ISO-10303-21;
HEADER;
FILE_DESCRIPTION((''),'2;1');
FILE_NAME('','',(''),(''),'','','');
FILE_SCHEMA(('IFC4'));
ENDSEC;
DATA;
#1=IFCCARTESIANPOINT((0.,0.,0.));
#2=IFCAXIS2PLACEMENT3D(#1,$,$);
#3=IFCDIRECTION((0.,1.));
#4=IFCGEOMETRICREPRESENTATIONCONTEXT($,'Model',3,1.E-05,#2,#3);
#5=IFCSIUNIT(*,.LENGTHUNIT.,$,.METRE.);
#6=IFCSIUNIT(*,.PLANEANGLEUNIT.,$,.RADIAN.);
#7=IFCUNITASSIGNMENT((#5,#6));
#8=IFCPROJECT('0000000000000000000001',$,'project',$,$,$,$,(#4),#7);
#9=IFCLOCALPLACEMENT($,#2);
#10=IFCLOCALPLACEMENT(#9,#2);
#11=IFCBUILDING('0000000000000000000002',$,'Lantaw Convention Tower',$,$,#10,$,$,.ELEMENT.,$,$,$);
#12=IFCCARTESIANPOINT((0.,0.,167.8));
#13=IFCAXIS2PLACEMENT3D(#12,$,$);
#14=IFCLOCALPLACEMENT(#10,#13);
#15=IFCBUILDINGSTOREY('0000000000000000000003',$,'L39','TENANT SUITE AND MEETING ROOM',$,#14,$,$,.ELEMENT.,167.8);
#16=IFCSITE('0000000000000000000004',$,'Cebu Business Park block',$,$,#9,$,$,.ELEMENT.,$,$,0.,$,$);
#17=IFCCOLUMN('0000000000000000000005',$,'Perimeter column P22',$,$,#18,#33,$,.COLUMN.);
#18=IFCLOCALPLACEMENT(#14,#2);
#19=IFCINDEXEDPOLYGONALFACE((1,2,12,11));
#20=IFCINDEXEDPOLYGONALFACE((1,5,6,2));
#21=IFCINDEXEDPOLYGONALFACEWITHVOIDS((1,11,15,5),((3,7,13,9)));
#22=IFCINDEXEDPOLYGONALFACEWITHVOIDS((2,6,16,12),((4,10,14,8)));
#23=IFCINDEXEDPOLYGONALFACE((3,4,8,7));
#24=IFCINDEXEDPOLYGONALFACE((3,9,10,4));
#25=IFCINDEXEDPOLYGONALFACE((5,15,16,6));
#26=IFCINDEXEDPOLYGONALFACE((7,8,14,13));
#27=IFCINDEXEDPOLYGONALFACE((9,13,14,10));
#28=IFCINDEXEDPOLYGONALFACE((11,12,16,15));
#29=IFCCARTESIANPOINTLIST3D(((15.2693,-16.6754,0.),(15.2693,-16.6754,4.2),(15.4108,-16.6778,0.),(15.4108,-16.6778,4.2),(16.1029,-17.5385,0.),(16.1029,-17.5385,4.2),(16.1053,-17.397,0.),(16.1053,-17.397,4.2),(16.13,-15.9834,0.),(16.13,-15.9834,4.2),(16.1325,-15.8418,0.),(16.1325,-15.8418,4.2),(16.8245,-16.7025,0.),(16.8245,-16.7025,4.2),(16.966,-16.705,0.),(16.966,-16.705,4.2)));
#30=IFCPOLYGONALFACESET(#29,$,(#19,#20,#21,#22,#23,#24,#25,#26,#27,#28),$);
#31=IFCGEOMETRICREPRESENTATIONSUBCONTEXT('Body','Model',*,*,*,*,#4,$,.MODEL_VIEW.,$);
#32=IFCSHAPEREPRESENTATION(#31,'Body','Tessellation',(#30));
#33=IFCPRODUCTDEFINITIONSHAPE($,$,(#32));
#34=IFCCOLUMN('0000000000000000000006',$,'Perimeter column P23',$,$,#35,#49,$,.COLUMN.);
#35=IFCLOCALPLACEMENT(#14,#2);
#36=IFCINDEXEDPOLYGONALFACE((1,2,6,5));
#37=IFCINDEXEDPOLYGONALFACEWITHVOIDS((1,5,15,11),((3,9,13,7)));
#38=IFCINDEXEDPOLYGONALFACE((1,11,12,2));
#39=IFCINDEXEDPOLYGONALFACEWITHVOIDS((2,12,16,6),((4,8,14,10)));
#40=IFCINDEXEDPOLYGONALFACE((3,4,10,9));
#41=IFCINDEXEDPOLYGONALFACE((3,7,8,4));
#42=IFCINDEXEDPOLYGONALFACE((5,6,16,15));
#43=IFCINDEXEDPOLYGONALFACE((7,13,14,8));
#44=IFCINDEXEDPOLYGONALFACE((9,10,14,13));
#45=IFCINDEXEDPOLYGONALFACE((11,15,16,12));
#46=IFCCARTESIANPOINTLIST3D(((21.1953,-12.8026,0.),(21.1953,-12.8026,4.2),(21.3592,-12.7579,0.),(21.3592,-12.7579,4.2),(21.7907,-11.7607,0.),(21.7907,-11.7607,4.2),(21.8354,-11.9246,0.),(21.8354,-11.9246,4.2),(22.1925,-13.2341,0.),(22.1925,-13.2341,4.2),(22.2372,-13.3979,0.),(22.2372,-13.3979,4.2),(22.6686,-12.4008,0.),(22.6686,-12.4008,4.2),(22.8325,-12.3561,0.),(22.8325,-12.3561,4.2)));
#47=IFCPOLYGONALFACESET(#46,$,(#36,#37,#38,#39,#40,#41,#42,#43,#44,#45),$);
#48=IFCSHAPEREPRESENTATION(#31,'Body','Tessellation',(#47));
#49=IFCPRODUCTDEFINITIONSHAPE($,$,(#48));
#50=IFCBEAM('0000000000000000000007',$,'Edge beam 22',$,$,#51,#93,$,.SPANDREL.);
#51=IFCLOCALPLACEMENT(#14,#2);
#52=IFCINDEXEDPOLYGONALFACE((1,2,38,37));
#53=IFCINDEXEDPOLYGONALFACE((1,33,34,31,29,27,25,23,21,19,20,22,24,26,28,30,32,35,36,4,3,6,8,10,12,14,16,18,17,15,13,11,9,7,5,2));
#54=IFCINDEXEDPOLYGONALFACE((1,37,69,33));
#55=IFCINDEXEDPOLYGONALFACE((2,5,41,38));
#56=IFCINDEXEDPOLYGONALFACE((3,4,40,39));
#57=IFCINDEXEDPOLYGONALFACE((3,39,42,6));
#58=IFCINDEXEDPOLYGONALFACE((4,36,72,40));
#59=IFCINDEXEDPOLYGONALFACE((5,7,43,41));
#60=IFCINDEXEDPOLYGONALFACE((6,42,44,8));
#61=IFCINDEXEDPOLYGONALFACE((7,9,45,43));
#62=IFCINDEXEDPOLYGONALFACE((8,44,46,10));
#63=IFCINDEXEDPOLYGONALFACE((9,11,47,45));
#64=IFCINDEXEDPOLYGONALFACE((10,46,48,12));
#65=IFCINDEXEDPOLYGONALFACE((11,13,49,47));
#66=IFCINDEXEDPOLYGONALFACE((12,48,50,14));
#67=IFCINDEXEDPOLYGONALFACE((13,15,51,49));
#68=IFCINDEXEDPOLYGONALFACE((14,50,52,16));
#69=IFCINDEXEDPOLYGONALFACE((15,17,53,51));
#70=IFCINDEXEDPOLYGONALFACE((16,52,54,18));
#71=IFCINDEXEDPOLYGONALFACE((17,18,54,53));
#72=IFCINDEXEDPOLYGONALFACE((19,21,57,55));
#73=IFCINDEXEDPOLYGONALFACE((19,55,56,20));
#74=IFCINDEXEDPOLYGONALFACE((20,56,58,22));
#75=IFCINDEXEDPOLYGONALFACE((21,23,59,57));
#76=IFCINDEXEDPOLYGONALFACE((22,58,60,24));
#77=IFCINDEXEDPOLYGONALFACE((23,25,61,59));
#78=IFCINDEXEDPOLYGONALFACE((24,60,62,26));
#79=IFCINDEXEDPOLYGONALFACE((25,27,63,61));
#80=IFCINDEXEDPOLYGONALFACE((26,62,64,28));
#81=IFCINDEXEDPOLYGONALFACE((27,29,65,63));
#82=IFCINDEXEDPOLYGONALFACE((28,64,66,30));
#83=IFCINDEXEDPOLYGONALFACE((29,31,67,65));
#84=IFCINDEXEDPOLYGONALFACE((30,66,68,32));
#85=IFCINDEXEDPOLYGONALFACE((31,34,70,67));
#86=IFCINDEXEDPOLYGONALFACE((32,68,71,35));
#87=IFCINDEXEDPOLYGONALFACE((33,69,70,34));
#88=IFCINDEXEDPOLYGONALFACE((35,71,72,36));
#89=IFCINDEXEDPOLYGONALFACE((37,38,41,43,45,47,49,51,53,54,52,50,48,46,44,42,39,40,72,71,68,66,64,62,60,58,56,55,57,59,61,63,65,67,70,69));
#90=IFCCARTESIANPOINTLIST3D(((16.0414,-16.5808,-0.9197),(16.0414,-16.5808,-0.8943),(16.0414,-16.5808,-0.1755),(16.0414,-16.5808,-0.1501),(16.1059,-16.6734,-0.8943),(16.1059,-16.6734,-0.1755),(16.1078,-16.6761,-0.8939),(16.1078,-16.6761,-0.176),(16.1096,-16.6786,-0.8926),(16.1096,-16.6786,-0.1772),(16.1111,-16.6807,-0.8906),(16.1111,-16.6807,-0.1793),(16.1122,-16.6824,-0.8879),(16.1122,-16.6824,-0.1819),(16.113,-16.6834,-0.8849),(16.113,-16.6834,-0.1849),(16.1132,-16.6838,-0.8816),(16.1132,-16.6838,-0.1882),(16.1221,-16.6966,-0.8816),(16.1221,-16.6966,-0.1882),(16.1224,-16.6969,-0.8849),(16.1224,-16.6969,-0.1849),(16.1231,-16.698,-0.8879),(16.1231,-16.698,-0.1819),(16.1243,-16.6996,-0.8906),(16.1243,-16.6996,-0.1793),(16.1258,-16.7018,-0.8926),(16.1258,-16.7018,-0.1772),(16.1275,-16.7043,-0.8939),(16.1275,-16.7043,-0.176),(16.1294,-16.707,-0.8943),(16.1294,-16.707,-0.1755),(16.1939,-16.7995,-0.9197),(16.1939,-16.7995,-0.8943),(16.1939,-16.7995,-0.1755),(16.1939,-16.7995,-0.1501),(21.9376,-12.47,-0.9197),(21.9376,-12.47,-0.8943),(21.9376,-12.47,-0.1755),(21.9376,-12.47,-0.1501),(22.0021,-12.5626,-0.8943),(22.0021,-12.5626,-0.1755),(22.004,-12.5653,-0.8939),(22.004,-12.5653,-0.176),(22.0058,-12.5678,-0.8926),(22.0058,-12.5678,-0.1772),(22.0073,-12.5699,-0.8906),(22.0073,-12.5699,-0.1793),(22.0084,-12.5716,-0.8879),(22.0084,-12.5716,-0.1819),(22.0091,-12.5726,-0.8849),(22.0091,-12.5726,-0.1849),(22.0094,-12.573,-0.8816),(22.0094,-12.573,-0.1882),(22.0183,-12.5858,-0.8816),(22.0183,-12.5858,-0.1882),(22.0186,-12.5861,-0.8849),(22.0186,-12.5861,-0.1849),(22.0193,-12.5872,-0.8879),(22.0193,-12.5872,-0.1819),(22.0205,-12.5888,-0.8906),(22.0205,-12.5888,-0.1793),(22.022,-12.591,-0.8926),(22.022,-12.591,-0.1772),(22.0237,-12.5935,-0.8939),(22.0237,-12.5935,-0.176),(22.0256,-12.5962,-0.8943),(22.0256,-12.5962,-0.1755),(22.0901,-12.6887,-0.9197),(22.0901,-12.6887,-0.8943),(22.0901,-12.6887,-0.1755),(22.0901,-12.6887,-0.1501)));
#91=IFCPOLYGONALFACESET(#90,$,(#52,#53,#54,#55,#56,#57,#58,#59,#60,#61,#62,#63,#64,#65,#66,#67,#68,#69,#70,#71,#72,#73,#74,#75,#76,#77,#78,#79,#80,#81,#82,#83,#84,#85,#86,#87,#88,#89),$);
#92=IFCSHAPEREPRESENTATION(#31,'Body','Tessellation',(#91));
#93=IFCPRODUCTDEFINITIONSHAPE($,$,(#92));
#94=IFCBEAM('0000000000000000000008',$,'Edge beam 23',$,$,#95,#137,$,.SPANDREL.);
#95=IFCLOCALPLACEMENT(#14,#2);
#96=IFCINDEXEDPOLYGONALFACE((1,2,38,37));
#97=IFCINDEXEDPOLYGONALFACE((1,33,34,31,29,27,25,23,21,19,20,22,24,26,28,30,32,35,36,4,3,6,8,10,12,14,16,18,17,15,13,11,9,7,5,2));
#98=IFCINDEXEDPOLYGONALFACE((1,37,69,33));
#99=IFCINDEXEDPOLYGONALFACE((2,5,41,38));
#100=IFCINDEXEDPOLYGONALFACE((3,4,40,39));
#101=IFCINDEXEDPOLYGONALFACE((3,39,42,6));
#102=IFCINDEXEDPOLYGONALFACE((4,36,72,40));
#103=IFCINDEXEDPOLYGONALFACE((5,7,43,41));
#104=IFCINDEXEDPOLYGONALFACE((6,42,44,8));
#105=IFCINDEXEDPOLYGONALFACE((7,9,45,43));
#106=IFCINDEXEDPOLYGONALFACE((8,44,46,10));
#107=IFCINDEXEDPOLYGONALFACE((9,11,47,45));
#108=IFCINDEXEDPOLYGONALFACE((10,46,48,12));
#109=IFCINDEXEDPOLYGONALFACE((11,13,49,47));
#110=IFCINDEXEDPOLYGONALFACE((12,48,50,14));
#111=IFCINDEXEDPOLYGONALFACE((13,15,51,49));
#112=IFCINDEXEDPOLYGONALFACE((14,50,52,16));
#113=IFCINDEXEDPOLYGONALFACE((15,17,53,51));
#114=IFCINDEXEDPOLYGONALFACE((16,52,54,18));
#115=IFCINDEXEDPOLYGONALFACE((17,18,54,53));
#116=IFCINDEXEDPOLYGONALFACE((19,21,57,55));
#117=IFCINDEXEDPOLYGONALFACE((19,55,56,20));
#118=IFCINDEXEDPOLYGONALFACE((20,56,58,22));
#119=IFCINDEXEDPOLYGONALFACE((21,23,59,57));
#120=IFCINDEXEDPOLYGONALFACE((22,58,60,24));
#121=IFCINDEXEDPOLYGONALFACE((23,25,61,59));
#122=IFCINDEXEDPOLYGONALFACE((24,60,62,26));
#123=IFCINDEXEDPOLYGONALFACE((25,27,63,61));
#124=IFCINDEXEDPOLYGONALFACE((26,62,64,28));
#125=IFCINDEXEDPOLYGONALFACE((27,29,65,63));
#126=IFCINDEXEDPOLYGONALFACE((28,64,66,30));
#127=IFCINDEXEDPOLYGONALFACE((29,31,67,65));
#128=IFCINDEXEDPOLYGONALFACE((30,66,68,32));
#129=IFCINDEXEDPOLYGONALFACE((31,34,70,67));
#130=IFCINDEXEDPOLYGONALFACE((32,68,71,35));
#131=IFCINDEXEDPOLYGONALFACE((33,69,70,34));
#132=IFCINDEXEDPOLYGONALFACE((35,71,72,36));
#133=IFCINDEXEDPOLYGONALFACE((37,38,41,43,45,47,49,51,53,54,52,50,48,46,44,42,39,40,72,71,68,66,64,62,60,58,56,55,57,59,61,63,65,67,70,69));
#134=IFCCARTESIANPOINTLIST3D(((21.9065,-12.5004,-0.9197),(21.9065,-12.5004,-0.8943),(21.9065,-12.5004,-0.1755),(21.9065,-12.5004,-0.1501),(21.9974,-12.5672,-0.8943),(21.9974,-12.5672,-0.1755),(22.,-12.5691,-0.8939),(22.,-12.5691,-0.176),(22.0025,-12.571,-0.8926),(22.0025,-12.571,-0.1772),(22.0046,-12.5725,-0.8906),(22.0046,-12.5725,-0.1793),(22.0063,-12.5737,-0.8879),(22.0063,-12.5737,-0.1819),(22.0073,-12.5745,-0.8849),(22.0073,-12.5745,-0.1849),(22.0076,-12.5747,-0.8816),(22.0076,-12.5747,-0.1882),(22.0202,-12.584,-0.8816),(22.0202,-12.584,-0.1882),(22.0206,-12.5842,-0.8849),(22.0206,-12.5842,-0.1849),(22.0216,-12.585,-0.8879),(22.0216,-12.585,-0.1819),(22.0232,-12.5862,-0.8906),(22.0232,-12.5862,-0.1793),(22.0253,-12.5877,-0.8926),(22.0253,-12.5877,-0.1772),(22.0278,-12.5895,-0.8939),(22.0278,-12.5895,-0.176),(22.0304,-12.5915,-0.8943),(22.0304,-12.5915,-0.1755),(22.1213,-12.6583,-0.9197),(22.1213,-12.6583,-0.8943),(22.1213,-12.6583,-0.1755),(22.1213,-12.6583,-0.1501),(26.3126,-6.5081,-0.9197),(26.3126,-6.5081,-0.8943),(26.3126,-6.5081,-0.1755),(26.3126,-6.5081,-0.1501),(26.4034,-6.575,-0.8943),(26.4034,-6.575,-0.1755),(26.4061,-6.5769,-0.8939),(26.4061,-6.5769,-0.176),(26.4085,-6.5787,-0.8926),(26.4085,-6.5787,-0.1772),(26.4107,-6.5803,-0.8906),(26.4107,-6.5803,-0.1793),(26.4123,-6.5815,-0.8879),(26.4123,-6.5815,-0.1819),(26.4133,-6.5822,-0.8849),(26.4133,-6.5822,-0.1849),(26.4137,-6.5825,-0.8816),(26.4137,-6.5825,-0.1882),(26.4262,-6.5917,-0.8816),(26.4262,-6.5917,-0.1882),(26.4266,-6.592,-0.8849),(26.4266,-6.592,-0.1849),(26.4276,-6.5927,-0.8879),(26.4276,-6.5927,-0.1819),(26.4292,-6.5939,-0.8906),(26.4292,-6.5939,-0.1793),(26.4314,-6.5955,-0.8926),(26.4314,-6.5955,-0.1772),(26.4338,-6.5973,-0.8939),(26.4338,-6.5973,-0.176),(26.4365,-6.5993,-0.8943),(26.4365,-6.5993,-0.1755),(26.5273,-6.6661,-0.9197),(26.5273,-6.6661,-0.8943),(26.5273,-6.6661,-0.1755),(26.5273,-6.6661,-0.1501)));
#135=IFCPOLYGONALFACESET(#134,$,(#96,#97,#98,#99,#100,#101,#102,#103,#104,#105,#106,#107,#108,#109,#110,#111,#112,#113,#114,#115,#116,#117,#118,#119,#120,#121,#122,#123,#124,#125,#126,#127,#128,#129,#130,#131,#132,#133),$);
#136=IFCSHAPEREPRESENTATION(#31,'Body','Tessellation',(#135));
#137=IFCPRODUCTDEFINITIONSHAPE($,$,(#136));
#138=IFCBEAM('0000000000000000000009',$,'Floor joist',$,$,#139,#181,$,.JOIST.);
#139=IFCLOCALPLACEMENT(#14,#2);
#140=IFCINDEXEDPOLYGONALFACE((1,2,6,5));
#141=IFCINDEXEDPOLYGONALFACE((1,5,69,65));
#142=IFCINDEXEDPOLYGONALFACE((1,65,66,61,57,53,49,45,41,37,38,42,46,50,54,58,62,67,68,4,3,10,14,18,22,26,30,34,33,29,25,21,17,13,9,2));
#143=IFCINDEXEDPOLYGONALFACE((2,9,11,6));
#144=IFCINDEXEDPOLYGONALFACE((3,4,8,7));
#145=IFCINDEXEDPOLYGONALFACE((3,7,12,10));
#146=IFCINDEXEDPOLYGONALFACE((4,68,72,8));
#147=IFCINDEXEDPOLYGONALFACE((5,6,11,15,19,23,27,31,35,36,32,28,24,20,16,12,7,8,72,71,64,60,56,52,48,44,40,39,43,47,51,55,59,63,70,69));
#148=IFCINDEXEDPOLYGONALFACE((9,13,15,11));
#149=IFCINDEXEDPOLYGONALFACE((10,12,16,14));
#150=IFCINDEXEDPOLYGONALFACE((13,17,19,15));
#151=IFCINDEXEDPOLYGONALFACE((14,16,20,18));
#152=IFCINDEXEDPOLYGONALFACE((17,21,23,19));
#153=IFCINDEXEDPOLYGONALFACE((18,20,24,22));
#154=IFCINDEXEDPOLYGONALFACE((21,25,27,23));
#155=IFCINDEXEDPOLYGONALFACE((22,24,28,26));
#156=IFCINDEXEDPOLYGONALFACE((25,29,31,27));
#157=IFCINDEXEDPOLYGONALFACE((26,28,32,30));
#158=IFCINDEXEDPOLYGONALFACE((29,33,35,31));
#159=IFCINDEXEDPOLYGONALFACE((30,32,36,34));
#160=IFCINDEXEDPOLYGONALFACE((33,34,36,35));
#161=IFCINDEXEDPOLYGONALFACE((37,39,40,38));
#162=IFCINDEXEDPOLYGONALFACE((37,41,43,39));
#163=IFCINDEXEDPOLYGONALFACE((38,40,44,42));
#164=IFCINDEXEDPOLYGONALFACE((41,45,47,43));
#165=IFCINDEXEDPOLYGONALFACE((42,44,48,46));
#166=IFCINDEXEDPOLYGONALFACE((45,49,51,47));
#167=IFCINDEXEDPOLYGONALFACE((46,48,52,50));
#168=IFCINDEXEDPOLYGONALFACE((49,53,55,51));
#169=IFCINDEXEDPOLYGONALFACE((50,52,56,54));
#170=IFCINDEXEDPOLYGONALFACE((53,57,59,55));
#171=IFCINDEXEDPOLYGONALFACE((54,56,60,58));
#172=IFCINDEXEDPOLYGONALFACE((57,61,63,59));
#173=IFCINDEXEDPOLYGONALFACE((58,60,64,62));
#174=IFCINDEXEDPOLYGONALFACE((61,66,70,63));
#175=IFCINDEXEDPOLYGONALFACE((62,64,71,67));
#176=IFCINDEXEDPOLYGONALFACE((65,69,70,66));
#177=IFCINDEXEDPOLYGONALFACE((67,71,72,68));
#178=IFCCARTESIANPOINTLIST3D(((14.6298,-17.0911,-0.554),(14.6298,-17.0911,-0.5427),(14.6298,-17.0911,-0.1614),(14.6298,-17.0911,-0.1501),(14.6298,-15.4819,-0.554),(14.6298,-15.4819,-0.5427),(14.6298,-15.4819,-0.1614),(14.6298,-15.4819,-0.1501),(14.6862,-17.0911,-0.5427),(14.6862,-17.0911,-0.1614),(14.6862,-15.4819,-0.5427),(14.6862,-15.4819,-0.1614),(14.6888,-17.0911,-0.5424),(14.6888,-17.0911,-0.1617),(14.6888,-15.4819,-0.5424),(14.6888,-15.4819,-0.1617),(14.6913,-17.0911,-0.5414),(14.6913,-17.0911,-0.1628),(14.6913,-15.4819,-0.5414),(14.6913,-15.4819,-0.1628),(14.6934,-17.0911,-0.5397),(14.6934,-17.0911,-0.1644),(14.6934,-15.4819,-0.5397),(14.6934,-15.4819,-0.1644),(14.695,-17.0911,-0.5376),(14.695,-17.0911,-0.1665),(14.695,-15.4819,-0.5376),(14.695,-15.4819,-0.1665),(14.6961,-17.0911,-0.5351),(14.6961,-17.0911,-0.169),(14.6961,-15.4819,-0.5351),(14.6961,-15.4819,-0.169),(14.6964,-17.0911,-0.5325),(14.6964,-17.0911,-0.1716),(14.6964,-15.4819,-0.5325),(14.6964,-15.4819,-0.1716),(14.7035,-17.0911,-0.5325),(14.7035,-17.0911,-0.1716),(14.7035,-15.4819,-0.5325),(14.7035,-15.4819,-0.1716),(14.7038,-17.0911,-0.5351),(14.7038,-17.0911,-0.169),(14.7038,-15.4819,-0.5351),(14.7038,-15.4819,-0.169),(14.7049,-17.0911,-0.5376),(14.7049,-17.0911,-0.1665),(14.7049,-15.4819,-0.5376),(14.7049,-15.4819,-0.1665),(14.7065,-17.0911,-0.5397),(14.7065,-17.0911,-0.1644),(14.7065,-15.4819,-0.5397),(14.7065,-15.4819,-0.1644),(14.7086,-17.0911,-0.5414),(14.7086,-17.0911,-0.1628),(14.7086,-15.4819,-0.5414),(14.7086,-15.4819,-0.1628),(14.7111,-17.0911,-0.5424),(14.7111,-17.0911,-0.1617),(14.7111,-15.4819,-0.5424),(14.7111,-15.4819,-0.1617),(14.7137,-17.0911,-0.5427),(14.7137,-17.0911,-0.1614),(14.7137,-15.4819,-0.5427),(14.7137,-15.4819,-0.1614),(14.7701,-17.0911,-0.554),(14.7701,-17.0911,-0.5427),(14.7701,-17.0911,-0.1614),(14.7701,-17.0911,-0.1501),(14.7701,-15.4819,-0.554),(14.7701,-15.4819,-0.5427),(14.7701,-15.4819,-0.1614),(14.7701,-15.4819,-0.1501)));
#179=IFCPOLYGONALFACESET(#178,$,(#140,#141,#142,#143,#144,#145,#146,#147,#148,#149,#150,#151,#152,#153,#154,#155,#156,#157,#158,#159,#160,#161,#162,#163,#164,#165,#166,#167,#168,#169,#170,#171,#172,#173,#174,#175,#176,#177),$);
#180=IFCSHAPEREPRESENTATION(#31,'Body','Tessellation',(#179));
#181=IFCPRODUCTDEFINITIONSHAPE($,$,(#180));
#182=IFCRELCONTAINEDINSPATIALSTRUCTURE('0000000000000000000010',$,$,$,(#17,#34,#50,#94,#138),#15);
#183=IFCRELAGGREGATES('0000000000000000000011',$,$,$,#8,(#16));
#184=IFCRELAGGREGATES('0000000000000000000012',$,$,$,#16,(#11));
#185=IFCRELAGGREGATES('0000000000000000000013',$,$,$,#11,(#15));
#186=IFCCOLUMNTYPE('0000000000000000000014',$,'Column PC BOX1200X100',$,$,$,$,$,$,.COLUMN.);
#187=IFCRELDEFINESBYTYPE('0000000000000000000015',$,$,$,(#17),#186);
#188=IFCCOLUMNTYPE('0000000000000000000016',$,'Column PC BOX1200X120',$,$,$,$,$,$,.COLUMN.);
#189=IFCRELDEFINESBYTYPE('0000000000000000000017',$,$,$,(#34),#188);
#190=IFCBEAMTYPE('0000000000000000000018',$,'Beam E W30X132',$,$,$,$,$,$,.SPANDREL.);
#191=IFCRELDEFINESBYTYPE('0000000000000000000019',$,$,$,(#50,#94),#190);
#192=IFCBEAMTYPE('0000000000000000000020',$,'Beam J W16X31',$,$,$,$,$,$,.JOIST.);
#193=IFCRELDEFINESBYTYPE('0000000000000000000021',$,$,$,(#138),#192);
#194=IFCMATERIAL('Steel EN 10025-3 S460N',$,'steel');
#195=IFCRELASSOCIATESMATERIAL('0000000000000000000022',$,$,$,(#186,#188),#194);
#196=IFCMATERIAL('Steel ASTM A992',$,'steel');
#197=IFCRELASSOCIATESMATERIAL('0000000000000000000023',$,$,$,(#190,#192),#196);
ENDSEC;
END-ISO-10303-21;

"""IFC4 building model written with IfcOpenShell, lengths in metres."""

from ifc_helpers import new_model, si_unit, direction, frame, origin, origin_2d, place, context, subcontext, project, spatial, rectangle, hollow_rectangle, i_section, extrude, material, material_profile, profile_set, type_object, element, save


model = new_model("IFC4")

# Units and contexts
model_context = context("Model", 3, precision=1e-05, world=origin(), true_north=direction((0.0, 1.0)))
body_context = subcontext(model_context, "Body", "Model", "MODEL_VIEW")
ifc_project = project(units=[si_unit("LENGTHUNIT", "METRE"), si_unit("PLANEANGLEUNIT", "RADIAN")], contexts=[model_context])

# Site, building, storey
site_placement = place(None, origin())
site = spatial("IfcSite", under=ifc_project, at=site_placement, Name="Cebu Business Park block", CompositionType="ELEMENT", RefElevation=0.0)
building_placement = place(site_placement, origin())
building = spatial("IfcBuilding", under=site, at=building_placement, Name="Lantaw Convention Tower", CompositionType="ELEMENT")
storey_placement = place(building_placement, frame((0.0, 0.0, 167.8)))
storey = spatial("IfcBuildingStorey", under=building, at=storey_placement, Name="L39", Description="TENANT SUITE AND MEETING ROOM", CompositionType="ELEMENT", Elevation=167.8)

# Columns
ifc_material_1 = material(Name="Steel EN 10025-3 S460N", Category="steel")
ifc_material_profile_1 = material_profile(ifc_material_1, hollow_rectangle(XDim=1.2, YDim=1.2, WallThickness=0.1001, at=origin_2d()), Name="BOX1200X100")
ifc_material_2 = material(Name="Concrete C60/75", Category="concrete")
ifc_material_profile_2 = material_profile(ifc_material_2, rectangle(XDim=1.0, YDim=1.0, at=origin_2d()), Name="Concrete fill of BOX1200X100")
ifc_profile_set_1 = profile_set([ifc_material_profile_1, ifc_material_profile_2], Name="Steel EN 10025-3 S460N")
column_type_1 = type_object("IfcColumnType", Name="Column PC BOX1200X100", PredefinedType="COLUMN", material=ifc_profile_set_1)
column_1_placement = place(storey_placement, frame((16.1177, -16.6902, 0.0), z_axis=(0.0, 0.0, 1.0), x_axis=(0.71934, 0.694658, 0.0)))
element("IfcColumn", 1, at=column_1_placement, inside=storey, type_object=column_type_1, Name="Perimeter column P22", PredefinedType="COLUMN", context=body_context, shape_type="SweptSolid", body=[
    extrude(hollow_rectangle(XDim=1.2, YDim=1.2, WallThickness=0.1001, at=origin_2d()), origin(), (0.0, 0.0, 1.0), 4.2),
])
ifc_material_profile_3 = material_profile(ifc_material_1, hollow_rectangle(XDim=1.2, YDim=1.2, WallThickness=0.1201, at=origin_2d()), Name="BOX1200X120")
ifc_material_profile_4 = material_profile(ifc_material_2, rectangle(XDim=0.96, YDim=0.96, at=origin_2d()), Name="Concrete fill of BOX1200X120")
ifc_profile_set_2 = profile_set([ifc_material_profile_3, ifc_material_profile_4], Name="Steel EN 10025-3 S460N")
column_type_2 = type_object("IfcColumnType", Name="Column PC BOX1200X120", PredefinedType="COLUMN", material=ifc_profile_set_2)
column_2_placement = place(storey_placement, frame((22.0139, -12.5793, 0.0), z_axis=(0.0, 0.0, 1.0), x_axis=(0.496139, 0.868243, 0.0)))
element("IfcColumn", 2, at=column_2_placement, inside=storey, type_object=column_type_2, Name="Perimeter column P23", PredefinedType="COLUMN", context=body_context, shape_type="SweptSolid", body=[
    extrude(hollow_rectangle(XDim=1.2, YDim=1.2, WallThickness=0.1201, at=origin_2d()), origin(), (0.0, 0.0, 1.0), 4.2),
])

# Beams
ifc_material_3 = material(Name="Steel ASTM A992", Category="steel")
ifc_material_profile_5 = material_profile(ifc_material_3, i_section(OverallWidth=0.2666, OverallDepth=0.7695, WebThickness=0.0156, FlangeThickness=0.0254, FilletRadius=0.0127, at=origin_2d()), Name="W30X132")
ifc_profile_set_3 = profile_set([ifc_material_profile_5], Name="Steel ASTM A992")
beam_type_1 = type_object("IfcBeamType", Name="Beam E W30X132", PredefinedType="SPANDREL", material=ifc_profile_set_3)
beam_1_placement = place(storey_placement, frame((16.1177, -16.6902, -0.5349), z_axis=(0.820311, 0.571918, 0.0), x_axis=(-0.571918, 0.820311, 0.0)))
element("IfcBeam", 3, at=beam_1_placement, inside=storey, type_object=beam_type_1, Name="Edge beam 22", PredefinedType="SPANDREL", context=body_context, shape_type="SweptSolid", body=[
    extrude(i_section(OverallWidth=0.2666, OverallDepth=0.7695, WebThickness=0.0156, FlangeThickness=0.0254, FilletRadius=0.0127, at=origin_2d()), origin(), (0.0, 0.0, 1.0), 7.1877),
])
beam_2_placement = place(storey_placement, frame((22.0139, -12.5793, -0.5349), z_axis=(0.592389, 0.805652, 0.0), x_axis=(-0.805652, 0.592389, 0.0)))
element("IfcBeam", 4, at=beam_2_placement, inside=storey, type_object=beam_type_1, Name="Edge beam 23", PredefinedType="SPANDREL", context=body_context, shape_type="SweptSolid", body=[
    extrude(i_section(OverallWidth=0.2666, OverallDepth=0.7695, WebThickness=0.0156, FlangeThickness=0.0254, FilletRadius=0.0127, at=origin_2d()), origin(), (0.0, 0.0, 1.0), 7.4377),
])
ifc_material_profile_6 = material_profile(ifc_material_3, i_section(OverallWidth=0.1404, OverallDepth=0.4038, WebThickness=0.0071, FlangeThickness=0.0112, FilletRadius=0.0103, at=origin_2d()), Name="W16X31")
ifc_profile_set_4 = profile_set([ifc_material_profile_6], Name="Steel ASTM A992")
beam_type_2 = type_object("IfcBeamType", Name="Beam J W16X31", PredefinedType="JOIST", material=ifc_profile_set_4)
beam_3_placement = place(storey_placement, frame((14.7, -17.0911, -0.3521), z_axis=(0.0, 1.0, 0.0), x_axis=(-1.0, 0.0, 0.0)))
element("IfcBeam", 5, at=beam_3_placement, inside=storey, type_object=beam_type_2, Name="Floor joist", PredefinedType="JOIST", context=body_context, shape_type="SweptSolid", body=[
    extrude(i_section(OverallWidth=0.1404, OverallDepth=0.4038, WebThickness=0.0071, FlangeThickness=0.0112, FilletRadius=0.0103, at=origin_2d()), origin(), (0.0, 0.0, 1.0), 1.6091),
])

save(model, "model.ifc")
